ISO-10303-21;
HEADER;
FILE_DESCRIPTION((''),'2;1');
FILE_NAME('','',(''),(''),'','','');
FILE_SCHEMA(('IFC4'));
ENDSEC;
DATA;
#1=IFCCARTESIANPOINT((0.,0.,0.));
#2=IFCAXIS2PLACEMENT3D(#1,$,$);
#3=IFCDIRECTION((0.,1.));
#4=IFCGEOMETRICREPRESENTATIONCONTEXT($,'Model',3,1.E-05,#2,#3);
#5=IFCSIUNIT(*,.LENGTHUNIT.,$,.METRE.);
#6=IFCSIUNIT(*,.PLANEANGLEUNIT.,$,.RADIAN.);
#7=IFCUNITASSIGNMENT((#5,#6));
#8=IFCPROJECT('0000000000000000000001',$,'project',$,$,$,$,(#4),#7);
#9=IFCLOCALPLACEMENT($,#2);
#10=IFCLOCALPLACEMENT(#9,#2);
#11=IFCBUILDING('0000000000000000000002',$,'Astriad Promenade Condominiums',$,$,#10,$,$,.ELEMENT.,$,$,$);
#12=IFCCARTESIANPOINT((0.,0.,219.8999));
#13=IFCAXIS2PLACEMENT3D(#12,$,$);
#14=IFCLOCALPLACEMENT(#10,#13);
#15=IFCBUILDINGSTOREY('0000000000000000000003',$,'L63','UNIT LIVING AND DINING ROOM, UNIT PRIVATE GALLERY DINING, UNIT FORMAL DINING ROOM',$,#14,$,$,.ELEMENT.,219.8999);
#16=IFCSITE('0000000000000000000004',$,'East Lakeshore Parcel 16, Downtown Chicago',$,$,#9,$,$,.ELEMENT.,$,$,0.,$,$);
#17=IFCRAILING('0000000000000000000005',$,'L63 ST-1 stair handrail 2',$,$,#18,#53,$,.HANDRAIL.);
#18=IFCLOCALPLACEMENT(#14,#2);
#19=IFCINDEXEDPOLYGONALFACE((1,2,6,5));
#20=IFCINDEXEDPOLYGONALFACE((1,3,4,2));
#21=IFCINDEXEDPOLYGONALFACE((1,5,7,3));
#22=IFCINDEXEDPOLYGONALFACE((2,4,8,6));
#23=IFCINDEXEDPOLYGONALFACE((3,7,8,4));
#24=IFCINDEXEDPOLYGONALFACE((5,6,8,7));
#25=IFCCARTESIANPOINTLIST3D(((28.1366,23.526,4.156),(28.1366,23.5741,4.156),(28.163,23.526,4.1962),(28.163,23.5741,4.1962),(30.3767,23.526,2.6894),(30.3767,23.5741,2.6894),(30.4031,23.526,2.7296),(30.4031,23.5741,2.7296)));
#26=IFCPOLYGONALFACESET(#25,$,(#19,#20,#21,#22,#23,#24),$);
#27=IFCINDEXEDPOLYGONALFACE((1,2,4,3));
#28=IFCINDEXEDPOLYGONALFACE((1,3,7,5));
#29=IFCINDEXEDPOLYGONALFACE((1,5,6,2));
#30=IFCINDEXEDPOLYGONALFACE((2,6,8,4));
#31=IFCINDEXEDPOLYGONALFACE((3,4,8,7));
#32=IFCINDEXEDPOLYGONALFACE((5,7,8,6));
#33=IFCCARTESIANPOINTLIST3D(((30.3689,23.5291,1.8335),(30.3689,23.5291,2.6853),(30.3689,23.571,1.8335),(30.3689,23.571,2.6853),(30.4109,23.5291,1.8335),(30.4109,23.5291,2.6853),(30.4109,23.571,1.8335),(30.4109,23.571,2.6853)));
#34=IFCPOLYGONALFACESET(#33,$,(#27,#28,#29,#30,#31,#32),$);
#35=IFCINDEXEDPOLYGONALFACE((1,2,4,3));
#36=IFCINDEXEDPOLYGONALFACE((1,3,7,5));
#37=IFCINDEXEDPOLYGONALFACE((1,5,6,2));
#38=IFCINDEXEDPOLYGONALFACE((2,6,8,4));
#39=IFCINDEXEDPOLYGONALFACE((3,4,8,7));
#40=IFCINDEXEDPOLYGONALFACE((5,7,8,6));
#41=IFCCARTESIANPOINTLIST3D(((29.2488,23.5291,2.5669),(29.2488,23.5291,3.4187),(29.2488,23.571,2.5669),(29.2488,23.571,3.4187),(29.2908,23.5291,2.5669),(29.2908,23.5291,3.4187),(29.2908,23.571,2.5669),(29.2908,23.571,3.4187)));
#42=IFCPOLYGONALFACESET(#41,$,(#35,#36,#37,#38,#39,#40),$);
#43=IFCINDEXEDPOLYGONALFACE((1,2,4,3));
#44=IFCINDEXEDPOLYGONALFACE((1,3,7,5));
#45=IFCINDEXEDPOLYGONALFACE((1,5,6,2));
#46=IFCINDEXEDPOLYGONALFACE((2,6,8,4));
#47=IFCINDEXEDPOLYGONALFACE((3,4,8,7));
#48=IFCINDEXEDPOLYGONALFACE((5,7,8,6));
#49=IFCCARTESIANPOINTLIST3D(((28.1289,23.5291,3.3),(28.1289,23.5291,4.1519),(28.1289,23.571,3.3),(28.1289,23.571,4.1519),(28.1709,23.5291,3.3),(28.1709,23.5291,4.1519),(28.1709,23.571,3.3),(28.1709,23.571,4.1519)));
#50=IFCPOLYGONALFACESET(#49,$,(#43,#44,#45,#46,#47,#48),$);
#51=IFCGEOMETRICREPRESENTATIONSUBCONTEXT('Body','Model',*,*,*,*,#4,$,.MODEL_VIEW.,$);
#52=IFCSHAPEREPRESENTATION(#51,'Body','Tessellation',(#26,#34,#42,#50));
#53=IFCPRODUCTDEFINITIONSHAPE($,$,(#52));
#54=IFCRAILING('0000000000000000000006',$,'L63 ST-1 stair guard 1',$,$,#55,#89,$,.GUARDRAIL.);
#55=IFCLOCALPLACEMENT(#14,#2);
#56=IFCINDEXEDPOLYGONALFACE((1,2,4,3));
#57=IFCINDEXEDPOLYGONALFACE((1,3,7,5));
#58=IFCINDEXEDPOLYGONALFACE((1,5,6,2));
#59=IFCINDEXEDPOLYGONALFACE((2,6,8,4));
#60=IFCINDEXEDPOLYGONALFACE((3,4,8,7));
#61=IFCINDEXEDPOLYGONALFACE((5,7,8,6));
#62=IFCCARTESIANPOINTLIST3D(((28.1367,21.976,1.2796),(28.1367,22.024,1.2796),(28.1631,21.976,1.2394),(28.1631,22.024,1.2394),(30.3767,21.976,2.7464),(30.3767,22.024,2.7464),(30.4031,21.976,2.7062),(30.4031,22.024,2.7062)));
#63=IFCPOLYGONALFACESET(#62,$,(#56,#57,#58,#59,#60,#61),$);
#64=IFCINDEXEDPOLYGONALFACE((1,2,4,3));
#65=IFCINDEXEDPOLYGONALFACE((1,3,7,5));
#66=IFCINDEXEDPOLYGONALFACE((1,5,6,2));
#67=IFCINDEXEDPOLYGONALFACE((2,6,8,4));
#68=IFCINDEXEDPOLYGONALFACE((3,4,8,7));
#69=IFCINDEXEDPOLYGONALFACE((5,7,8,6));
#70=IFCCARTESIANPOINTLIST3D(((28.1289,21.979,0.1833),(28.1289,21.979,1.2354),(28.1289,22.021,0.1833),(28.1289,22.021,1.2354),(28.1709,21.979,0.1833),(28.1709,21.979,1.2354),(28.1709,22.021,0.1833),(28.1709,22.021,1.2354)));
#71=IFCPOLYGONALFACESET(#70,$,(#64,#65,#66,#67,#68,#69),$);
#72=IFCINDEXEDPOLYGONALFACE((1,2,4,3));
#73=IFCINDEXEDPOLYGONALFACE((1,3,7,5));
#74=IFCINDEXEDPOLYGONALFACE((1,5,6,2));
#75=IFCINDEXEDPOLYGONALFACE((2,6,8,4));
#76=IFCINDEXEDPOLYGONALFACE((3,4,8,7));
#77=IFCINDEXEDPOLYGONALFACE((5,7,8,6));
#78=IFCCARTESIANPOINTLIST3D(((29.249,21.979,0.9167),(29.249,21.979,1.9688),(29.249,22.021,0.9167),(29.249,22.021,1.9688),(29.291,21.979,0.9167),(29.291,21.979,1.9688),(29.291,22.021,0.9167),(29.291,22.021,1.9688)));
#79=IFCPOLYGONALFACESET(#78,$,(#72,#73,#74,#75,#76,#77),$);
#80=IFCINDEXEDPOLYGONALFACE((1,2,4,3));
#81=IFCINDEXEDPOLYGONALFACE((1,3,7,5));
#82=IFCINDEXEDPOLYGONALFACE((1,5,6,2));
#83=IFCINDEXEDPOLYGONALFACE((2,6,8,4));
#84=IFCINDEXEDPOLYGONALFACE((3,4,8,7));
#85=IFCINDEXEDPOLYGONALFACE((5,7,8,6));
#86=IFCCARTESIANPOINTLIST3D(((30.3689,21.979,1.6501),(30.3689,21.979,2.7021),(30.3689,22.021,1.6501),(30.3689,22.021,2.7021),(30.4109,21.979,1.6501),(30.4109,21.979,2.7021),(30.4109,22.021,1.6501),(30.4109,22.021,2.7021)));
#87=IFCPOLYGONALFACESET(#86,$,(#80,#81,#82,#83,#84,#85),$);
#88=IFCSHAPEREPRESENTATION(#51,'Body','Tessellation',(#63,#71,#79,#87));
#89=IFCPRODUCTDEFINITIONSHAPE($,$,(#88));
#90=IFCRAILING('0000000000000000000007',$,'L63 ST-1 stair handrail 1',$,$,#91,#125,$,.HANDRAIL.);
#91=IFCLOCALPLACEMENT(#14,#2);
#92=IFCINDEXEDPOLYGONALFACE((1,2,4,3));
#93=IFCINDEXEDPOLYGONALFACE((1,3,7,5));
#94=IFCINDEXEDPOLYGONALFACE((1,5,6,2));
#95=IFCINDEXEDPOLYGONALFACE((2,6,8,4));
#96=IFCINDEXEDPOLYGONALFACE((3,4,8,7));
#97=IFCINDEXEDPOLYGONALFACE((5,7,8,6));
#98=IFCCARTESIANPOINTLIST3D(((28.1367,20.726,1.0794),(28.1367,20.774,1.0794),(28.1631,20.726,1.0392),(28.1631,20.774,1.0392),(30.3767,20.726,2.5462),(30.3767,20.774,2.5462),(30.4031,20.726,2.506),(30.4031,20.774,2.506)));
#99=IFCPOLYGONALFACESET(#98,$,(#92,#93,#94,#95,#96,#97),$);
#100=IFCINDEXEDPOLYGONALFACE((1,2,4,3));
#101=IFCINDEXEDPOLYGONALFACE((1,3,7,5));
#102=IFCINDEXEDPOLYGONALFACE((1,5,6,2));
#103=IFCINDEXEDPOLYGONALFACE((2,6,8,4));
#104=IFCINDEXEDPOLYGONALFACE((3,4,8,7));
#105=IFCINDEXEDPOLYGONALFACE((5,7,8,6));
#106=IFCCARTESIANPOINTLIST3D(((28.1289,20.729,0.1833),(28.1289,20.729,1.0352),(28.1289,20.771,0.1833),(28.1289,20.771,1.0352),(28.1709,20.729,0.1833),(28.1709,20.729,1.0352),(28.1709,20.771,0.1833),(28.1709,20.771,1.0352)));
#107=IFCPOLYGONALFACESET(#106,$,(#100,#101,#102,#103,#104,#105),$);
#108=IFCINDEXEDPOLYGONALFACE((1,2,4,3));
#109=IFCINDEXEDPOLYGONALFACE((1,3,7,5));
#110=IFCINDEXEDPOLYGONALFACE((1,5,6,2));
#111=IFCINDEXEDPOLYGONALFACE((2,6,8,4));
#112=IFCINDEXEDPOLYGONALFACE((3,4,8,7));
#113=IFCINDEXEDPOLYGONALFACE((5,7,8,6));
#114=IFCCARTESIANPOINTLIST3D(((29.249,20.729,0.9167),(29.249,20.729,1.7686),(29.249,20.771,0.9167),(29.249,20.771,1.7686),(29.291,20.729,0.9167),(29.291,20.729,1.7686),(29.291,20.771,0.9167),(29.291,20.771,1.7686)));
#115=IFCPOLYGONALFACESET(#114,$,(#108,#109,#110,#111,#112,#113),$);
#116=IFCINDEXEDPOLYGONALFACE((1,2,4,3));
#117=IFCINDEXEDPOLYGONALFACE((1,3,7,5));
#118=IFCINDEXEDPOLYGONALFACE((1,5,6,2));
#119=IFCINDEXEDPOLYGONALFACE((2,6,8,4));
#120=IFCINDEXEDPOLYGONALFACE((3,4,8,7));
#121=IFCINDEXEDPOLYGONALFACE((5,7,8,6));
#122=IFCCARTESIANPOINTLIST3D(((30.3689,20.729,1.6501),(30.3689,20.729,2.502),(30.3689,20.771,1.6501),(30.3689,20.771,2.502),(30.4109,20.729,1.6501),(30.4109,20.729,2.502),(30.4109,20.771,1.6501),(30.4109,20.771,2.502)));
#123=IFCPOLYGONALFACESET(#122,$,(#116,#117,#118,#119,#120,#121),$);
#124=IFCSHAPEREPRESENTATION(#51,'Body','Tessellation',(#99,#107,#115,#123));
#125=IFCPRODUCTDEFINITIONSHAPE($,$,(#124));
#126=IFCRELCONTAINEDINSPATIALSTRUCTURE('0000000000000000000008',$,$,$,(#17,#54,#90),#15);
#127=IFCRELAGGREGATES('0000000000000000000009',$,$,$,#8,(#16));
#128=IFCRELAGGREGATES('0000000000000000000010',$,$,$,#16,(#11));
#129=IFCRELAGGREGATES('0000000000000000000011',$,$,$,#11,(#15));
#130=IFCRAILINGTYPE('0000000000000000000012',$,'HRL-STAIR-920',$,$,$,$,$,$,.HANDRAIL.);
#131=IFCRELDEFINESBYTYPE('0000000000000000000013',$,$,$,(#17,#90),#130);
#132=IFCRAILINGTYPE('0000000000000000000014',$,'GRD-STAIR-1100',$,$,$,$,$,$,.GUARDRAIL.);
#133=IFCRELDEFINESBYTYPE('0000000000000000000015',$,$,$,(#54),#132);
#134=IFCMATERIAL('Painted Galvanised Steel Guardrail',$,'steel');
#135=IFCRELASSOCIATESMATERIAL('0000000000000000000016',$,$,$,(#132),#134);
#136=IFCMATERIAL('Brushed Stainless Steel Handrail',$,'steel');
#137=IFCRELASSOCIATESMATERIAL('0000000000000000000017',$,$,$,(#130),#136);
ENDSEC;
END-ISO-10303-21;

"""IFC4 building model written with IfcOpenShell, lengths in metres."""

from ifc_helpers import new_model, si_unit, direction, frame, origin, origin_2d, place, context, subcontext, project, spatial, rectangle, extrude, source, transform, mapped, material, type_object, type_shapes, element, save


model = new_model("IFC4")

# Units and contexts
model_context = context("Model", 3, precision=1e-05, world=origin(), true_north=direction((0.0, 1.0)))
body_context = subcontext(model_context, "Body", "Model", "MODEL_VIEW")
ifc_project = project(units=[si_unit("LENGTHUNIT", "METRE"), si_unit("PLANEANGLEUNIT", "RADIAN")], contexts=[model_context])

# Site, building, storey
site_placement = place(None, origin())
site = spatial("IfcSite", under=ifc_project, at=site_placement, Name="East Lakeshore Parcel 16, Downtown Chicago", CompositionType="ELEMENT", RefElevation=0.0)
building_placement = place(site_placement, origin())
building = spatial("IfcBuilding", under=site, at=building_placement, Name="Astriad Promenade Condominiums", CompositionType="ELEMENT")
storey_placement = place(building_placement, frame((0.0, 0.0, 219.8999)))
storey = spatial("IfcBuildingStorey", under=building, at=storey_placement, Name="L63", Description="UNIT LIVING AND DINING ROOM, UNIT PRIVATE GALLERY DINING, UNIT FORMAL DINING ROOM", CompositionType="ELEMENT", Elevation=219.8999)

# Railings
ifc_material_1 = material(Name="Painted Galvanised Steel Guardrail", Category="steel")
railing_type_1 = type_object("IfcRailingType", Name="GRD-STAIR-1100", PredefinedType="GUARDRAIL", material=ifc_material_1)
ifc_material_2 = material(Name="Brushed Stainless Steel Handrail", Category="steel")
railing_type_2 = type_object("IfcRailingType", Name="HRL-STAIR-920", PredefinedType="HANDRAIL", material=ifc_material_2)
shared_shape_1 = source(origin(), body_context, "Body", "SweptSolid", [
    extrude(rectangle(XDim=0.0481, YDim=0.0481, at=origin_2d()), frame((0.0, 0.0, 0.876), z_axis=(-0.836637, 0.0, 0.547758), x_axis=(0.0, -1.0, 0.0)), (0.0, 0.0, 1.0), 2.6775),
    extrude(rectangle(XDim=0.042, YDim=0.042, at=origin_2d()), origin(), (0.0, 0.0, 1.0), 0.8518),
    extrude(rectangle(XDim=0.042, YDim=0.042, at=origin_2d()), frame((-1.1201, 0.0, 0.7334)), (0.0, 0.0, 1.0), 0.8518),
    extrude(rectangle(XDim=0.042, YDim=0.042, at=origin_2d()), frame((-2.24, 0.0, 1.4666)), (0.0, 0.0, 1.0), 0.8518),
])
railing_1_placement = place(storey_placement, frame((30.3899, 23.55, 1.8335)))
element("IfcRailing", 1, at=railing_1_placement, inside=storey, type_object=railing_type_2, Name="L63 ST-1 stair handrail 2", PredefinedType="HANDRAIL", context=body_context, shape_type="MappedRepresentation", body=[
    mapped(shared_shape_1, transform((0.0, 0.0, 0.0), scale=1.0)),
])
shared_shape_2 = source(origin(), body_context, "Body", "SweptSolid", [
    extrude(rectangle(XDim=0.0481, YDim=0.0481, at=origin_2d()), frame((0.0, 0.0, 1.0762), z_axis=(0.836595, 0.0, 0.547822), x_axis=(0.0, 1.0, 0.0)), (0.0, 0.0, 1.0), 2.6775),
    extrude(rectangle(XDim=0.042, YDim=0.042, at=origin_2d()), origin(), (0.0, 0.0, 1.0), 1.052),
    extrude(rectangle(XDim=0.042, YDim=0.042, at=origin_2d()), frame((1.1201, 0.0, 0.7334)), (0.0, 0.0, 1.0), 1.052),
    extrude(rectangle(XDim=0.042, YDim=0.042, at=origin_2d()), frame((2.24, 0.0, 1.4668)), (0.0, 0.0, 1.0), 1.052),
])
railing_2_placement = place(storey_placement, frame((28.1499, 22.0, 0.1833)))
element("IfcRailing", 2, at=railing_2_placement, inside=storey, type_object=railing_type_1, Name="L63 ST-1 stair guard 1", PredefinedType="GUARDRAIL", context=body_context, shape_type="MappedRepresentation", body=[
    mapped(shared_shape_2, transform((0.0, 0.0, 0.0), scale=1.0)),
])
shared_shape_3 = source(origin(), body_context, "Body", "SweptSolid", [
    extrude(rectangle(XDim=0.0481, YDim=0.0481, at=origin_2d()), frame((0.0, 0.0, 0.876), z_axis=(0.836595, 0.0, 0.547822), x_axis=(0.0, 1.0, 0.0)), (0.0, 0.0, 1.0), 2.6775),
    extrude(rectangle(XDim=0.042, YDim=0.042, at=origin_2d()), origin(), (0.0, 0.0, 1.0), 0.8518),
    extrude(rectangle(XDim=0.042, YDim=0.042, at=origin_2d()), frame((1.1201, 0.0, 0.7334)), (0.0, 0.0, 1.0), 0.8518),
    extrude(rectangle(XDim=0.042, YDim=0.042, at=origin_2d()), frame((2.24, 0.0, 1.4668)), (0.0, 0.0, 1.0), 0.8518),
])
type_shapes(railing_type_2, [shared_shape_1, shared_shape_3])
railing_3_placement = place(storey_placement, frame((28.1499, 20.75, 0.1833)))
element("IfcRailing", 3, at=railing_3_placement, inside=storey, type_object=railing_type_2, Name="L63 ST-1 stair handrail 1", PredefinedType="HANDRAIL", context=body_context, shape_type="MappedRepresentation", body=[
    mapped(shared_shape_3, transform((0.0, 0.0, 0.0), scale=1.0)),
])

save(model, "model.ifc")
